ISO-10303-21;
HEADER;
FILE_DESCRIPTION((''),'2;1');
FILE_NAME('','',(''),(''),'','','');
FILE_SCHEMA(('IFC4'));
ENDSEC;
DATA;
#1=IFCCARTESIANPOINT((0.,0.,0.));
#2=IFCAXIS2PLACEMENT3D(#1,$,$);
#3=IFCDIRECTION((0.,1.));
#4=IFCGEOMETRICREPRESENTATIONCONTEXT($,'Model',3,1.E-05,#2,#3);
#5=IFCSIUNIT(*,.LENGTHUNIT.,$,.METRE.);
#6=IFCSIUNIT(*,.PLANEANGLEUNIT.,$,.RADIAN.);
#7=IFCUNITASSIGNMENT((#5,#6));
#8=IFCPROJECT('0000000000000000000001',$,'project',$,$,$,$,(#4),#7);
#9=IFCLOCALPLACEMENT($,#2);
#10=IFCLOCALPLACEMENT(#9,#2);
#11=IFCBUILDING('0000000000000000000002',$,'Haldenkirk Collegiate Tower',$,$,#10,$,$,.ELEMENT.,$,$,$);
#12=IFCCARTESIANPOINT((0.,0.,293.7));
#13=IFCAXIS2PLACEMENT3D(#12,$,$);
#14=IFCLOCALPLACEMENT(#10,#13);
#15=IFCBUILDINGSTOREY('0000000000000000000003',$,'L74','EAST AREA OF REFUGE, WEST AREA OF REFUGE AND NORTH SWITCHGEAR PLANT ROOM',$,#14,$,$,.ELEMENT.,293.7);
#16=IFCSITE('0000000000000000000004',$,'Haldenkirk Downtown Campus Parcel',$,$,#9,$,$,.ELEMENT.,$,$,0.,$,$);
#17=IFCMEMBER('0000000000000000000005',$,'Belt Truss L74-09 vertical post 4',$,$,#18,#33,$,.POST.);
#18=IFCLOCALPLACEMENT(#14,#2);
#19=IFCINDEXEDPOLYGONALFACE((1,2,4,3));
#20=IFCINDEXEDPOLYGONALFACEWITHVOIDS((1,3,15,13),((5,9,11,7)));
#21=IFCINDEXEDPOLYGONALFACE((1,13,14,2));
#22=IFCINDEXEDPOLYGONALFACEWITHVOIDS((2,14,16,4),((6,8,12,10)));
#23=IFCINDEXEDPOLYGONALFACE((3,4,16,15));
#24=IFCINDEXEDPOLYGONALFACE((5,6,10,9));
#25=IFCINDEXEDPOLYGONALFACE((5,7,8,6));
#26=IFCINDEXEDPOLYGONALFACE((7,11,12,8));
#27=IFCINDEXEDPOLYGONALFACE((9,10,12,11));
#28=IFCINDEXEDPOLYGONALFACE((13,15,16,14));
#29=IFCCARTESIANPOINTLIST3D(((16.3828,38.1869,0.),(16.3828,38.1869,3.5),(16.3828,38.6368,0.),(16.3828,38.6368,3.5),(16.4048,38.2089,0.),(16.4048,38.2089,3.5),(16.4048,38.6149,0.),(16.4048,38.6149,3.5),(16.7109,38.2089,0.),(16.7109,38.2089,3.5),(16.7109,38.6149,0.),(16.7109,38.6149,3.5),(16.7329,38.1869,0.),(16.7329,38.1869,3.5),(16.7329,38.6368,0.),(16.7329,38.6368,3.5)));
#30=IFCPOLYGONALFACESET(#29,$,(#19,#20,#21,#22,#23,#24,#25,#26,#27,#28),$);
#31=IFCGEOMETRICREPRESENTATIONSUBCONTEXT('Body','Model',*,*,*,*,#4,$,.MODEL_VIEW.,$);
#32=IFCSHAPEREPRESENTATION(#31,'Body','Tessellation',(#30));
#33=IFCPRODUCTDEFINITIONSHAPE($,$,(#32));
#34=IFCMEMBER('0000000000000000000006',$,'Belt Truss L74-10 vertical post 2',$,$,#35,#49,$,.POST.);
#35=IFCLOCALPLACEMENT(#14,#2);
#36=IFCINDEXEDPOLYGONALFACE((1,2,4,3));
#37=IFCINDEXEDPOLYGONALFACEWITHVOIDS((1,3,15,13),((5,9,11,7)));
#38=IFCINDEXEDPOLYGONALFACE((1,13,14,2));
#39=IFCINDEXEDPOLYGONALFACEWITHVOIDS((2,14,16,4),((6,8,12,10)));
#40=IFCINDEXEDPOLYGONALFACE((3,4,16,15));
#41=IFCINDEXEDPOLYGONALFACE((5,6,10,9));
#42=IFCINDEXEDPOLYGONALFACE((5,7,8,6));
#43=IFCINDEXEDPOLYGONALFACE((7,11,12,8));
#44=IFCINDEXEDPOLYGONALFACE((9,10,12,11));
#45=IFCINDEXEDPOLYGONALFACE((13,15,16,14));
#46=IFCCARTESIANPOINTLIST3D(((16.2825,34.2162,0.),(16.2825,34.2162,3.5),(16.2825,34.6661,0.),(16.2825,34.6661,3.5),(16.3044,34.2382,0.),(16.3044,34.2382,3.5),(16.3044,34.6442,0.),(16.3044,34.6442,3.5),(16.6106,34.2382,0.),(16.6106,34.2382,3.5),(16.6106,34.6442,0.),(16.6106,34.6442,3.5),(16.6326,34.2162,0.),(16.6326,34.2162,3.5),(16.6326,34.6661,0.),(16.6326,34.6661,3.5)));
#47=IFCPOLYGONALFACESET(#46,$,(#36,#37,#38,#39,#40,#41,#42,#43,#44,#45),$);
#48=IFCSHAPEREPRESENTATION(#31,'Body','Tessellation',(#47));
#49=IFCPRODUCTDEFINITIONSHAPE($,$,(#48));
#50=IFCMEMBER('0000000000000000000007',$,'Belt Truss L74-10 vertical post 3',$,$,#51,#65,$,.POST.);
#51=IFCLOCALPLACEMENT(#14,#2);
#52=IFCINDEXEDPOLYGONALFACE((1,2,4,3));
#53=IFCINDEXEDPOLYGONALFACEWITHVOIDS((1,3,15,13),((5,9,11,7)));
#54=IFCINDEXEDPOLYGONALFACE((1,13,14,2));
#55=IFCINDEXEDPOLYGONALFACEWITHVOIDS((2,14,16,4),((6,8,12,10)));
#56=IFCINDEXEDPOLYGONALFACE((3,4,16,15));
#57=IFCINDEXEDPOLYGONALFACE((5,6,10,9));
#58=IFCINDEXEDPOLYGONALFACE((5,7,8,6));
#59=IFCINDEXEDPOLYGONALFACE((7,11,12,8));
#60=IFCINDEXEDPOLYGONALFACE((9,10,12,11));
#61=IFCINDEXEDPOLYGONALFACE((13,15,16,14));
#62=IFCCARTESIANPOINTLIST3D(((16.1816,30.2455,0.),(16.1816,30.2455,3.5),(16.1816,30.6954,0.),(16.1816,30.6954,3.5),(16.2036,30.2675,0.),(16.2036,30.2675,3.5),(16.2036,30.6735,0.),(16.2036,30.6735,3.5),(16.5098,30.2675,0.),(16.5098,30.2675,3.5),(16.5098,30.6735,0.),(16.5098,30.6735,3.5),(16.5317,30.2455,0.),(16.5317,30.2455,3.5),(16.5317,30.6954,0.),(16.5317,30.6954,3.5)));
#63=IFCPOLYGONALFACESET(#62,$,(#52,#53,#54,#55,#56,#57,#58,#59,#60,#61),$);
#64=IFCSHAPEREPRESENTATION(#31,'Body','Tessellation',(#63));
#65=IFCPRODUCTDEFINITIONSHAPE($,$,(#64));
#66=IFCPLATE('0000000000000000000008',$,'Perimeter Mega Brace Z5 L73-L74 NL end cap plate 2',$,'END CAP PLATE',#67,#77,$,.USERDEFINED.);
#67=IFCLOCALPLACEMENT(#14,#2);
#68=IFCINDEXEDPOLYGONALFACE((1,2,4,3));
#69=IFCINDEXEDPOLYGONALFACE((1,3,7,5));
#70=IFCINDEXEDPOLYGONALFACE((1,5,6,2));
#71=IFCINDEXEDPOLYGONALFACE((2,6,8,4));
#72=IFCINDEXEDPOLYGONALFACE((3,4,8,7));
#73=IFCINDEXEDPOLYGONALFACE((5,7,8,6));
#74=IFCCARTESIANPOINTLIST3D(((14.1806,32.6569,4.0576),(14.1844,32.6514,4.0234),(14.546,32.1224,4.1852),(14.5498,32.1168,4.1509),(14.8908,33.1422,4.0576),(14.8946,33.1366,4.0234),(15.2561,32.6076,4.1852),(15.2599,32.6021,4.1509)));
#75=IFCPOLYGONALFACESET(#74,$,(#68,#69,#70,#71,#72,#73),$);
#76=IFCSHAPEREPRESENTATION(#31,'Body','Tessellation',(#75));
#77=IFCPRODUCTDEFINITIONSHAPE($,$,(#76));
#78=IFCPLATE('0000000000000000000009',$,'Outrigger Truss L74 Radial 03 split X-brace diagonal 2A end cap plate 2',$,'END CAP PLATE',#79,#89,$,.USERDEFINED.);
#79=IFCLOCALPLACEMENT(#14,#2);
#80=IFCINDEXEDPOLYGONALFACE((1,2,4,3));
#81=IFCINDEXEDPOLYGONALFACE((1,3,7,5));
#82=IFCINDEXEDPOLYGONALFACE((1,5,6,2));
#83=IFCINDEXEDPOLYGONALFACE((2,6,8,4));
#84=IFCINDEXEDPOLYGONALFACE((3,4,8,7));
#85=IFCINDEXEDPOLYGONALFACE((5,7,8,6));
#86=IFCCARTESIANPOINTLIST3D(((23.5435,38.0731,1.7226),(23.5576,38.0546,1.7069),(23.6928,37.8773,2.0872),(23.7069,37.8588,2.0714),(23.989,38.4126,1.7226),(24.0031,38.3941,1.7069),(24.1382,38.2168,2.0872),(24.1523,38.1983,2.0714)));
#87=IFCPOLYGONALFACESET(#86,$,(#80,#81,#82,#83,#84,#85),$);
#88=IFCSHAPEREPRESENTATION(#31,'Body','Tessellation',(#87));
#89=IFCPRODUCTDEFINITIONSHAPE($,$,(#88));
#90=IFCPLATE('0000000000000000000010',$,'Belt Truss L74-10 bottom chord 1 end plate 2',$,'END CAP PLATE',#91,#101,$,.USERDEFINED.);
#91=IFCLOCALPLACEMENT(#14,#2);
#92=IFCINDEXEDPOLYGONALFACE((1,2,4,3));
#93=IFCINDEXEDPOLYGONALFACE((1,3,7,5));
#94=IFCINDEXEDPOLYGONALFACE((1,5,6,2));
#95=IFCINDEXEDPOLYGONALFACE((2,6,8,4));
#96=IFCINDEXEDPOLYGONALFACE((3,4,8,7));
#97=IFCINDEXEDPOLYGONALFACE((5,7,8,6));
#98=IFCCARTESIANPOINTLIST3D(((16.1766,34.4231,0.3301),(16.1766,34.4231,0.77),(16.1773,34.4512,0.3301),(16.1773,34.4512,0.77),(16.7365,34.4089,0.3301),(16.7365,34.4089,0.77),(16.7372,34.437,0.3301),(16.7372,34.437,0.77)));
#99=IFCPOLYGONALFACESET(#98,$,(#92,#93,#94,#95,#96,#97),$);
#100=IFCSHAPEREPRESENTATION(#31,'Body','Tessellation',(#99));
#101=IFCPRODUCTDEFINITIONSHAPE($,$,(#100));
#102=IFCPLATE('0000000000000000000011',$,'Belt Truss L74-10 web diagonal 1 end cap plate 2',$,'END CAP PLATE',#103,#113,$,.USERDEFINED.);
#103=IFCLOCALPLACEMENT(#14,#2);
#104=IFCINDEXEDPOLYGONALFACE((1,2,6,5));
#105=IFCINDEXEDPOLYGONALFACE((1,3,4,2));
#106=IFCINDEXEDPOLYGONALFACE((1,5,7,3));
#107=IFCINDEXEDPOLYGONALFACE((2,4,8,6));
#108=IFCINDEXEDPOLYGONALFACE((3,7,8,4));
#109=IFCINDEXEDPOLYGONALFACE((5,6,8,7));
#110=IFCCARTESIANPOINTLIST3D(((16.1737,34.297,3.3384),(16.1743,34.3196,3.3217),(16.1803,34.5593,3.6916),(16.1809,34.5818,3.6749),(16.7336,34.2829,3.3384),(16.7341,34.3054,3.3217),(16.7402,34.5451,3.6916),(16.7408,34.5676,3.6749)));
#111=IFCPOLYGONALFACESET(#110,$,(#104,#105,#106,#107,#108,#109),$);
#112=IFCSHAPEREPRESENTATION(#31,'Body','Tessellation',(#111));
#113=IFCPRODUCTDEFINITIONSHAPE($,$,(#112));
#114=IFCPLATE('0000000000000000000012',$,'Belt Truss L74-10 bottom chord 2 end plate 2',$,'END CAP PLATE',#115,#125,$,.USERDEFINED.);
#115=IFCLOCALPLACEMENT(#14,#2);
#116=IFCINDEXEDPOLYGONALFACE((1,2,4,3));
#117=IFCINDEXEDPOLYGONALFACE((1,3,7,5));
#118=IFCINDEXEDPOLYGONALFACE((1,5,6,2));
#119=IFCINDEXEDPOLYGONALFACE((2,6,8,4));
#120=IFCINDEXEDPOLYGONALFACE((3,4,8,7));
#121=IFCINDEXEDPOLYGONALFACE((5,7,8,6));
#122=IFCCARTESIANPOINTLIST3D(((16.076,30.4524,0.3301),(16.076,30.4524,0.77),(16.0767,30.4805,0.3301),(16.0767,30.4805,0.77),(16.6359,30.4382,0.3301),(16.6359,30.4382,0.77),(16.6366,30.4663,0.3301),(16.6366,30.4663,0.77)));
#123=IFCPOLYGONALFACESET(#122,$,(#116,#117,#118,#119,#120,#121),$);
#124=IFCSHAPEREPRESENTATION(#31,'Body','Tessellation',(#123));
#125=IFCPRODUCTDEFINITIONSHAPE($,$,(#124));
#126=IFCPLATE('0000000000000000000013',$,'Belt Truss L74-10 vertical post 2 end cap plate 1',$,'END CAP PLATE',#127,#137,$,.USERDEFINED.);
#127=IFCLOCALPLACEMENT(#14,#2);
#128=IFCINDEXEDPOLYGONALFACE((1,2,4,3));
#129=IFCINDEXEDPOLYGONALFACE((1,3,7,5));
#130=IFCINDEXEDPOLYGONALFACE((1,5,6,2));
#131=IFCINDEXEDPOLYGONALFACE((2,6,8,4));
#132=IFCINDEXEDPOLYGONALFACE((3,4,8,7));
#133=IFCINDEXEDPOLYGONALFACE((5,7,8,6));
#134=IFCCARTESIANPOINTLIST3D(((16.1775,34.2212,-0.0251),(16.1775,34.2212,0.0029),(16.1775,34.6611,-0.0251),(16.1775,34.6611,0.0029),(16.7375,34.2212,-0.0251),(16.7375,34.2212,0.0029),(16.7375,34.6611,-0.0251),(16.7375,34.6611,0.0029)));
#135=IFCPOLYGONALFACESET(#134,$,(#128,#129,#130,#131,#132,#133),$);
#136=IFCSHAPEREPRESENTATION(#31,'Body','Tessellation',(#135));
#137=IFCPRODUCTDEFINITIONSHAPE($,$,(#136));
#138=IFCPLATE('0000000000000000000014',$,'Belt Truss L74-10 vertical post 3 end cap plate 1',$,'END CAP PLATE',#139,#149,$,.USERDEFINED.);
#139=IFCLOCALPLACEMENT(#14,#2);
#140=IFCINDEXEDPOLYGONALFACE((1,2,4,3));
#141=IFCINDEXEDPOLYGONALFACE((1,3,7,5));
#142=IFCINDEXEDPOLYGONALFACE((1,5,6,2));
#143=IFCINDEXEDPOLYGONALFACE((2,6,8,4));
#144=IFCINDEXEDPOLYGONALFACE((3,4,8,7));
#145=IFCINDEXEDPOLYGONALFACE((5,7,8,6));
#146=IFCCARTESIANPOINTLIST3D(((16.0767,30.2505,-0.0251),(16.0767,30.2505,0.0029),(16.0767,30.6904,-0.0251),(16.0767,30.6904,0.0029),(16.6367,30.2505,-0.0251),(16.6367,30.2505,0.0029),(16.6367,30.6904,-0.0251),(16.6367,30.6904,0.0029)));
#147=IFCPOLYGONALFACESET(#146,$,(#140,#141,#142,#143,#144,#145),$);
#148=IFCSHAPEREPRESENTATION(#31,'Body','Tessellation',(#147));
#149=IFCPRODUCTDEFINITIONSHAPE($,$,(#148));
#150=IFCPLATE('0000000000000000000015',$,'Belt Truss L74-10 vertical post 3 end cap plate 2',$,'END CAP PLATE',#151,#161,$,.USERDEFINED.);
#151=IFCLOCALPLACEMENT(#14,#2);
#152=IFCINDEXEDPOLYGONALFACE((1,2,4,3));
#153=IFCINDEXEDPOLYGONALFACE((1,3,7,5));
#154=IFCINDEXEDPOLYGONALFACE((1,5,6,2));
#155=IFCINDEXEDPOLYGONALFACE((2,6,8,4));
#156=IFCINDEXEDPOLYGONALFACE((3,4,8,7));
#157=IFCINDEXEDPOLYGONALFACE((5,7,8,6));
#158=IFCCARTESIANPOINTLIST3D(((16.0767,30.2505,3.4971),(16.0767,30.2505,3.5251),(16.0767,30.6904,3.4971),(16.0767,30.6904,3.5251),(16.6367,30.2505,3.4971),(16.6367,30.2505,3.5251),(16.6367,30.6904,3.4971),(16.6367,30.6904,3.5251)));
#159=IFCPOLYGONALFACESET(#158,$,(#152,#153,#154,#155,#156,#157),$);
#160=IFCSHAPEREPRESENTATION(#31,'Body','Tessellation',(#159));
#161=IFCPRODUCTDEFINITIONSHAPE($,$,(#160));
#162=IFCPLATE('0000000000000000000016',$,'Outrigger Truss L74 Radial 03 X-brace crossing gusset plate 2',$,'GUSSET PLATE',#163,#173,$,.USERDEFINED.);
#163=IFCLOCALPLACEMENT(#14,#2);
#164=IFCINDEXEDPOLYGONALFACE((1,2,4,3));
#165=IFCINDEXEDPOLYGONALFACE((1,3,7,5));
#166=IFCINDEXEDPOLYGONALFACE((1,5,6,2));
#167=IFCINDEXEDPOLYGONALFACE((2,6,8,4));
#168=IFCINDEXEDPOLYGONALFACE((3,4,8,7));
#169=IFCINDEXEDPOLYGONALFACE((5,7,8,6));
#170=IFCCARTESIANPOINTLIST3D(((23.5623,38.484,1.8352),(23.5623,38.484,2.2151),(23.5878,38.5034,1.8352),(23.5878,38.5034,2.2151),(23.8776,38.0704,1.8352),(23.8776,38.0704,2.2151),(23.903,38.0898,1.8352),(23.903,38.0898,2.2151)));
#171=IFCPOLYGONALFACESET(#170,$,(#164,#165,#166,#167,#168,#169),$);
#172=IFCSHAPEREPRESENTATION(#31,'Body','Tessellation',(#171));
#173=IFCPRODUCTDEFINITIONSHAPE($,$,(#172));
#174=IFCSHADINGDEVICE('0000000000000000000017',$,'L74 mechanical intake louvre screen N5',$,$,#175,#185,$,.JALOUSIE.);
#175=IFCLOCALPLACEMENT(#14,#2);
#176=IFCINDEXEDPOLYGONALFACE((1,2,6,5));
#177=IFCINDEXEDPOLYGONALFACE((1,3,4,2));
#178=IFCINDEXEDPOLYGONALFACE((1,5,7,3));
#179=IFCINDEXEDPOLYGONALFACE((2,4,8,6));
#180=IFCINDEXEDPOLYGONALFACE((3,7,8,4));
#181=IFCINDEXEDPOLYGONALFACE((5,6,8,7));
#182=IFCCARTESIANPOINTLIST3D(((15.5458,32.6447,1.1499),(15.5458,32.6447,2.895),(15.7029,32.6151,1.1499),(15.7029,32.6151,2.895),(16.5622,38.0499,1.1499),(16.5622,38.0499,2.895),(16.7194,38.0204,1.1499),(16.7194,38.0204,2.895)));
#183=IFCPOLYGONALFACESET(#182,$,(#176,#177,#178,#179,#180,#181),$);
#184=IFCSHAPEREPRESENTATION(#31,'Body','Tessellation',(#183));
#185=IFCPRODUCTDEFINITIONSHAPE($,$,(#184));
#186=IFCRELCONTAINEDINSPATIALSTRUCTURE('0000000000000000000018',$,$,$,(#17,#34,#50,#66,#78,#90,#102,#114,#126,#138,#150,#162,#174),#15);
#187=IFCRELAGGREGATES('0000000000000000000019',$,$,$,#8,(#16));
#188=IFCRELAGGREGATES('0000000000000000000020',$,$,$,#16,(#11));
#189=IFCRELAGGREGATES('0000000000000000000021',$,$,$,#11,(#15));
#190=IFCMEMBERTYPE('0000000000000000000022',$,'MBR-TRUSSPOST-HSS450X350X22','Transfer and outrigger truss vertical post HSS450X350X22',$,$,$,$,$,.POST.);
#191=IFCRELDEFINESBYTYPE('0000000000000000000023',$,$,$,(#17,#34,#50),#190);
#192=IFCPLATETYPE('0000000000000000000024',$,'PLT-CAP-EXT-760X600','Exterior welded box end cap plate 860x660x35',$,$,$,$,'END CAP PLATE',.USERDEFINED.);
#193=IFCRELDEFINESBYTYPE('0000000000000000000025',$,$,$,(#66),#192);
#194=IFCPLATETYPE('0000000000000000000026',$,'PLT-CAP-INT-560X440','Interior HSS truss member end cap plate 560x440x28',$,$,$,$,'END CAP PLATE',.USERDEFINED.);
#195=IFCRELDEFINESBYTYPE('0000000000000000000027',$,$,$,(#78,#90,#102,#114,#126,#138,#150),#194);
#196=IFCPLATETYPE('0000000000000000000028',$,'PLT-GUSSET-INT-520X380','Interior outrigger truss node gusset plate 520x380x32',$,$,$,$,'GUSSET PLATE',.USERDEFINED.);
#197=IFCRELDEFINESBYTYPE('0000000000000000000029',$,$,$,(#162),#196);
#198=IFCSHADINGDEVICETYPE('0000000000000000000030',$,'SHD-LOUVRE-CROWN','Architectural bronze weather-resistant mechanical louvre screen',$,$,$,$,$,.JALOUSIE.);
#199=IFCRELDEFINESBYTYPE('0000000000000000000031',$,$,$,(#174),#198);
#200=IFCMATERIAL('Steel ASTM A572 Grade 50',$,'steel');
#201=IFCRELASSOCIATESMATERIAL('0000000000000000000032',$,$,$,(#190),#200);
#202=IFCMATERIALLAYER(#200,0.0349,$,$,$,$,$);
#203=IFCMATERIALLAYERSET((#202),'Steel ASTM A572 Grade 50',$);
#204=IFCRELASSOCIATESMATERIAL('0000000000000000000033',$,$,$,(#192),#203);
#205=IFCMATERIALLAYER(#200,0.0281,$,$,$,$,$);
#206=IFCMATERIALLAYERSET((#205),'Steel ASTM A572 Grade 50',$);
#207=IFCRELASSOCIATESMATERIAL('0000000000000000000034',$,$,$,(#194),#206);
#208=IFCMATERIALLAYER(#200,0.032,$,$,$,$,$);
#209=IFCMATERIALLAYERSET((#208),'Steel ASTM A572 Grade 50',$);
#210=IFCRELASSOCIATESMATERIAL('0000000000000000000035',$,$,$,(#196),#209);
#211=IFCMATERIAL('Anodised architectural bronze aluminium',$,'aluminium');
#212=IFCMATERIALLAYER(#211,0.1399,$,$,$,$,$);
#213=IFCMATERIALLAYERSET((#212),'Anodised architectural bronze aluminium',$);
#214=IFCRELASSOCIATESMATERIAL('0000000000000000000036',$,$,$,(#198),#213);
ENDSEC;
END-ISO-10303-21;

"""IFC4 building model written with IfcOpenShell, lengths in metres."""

from ifc_helpers import new_model, si_unit, direction, frame, origin, origin_2d, place, context, subcontext, project, spatial, rectangle, hollow_rectangle, extrude, source, transform, mapped, material, layer, layer_set, material_profile, profile_set, type_object, element, save


model = new_model("IFC4")

# Units and contexts
model_context = context("Model", 3, precision=1e-05, world=origin(), true_north=direction((0.0, 1.0)))
body_context = subcontext(model_context, "Body", "Model", "MODEL_VIEW")
ifc_project = project(units=[si_unit("LENGTHUNIT", "METRE"), si_unit("PLANEANGLEUNIT", "RADIAN")], contexts=[model_context])

# Site, building, storey
site_placement = place(None, origin())
site = spatial("IfcSite", under=ifc_project, at=site_placement, Name="Haldenkirk Downtown Campus Parcel", CompositionType="ELEMENT", RefElevation=0.0)
building_placement = place(site_placement, origin())
building = spatial("IfcBuilding", under=site, at=building_placement, Name="Haldenkirk Collegiate Tower", CompositionType="ELEMENT")
storey_placement = place(building_placement, frame((0.0, 0.0, 293.7)))
storey = spatial("IfcBuildingStorey", under=building, at=storey_placement, Name="L74", Description="EAST AREA OF REFUGE, WEST AREA OF REFUGE AND NORTH SWITCHGEAR PLANT ROOM", CompositionType="ELEMENT", Elevation=293.7)

# Members
ifc_material_1 = material(Name="Steel ASTM A572 Grade 50", Category="steel")
ifc_material_profile_1 = material_profile(ifc_material_1, hollow_rectangle(XDim=0.3501, YDim=0.45, WallThickness=0.022, at=origin_2d()), Name="HSS450X350X22")
ifc_profile_set_1 = profile_set([ifc_material_profile_1], Name="Steel ASTM A572 Grade 50")
member_type_1 = type_object("IfcMemberType", Name="MBR-TRUSSPOST-HSS450X350X22", Description="Transfer and outrigger truss vertical post HSS450X350X22", PredefinedType="POST", material=ifc_profile_set_1)
for number, where, z_axis, x_axis, name in (
    (1, (16.5579, 38.4119, 0.0), (0.0, 0.0, 1.0), (1.0, 0.0, 0.0), "Belt Truss L74-09 vertical post 4"),
    (2, (16.4575, 34.4412, 0.0), (0.0, 0.0, 1.0), (1.0, 0.0, 0.0), "Belt Truss L74-10 vertical post 2"),
    (3, (16.3567, 30.4705, 0.0), (0.0, 0.0, 1.0), (1.0, 0.0, 0.0), "Belt Truss L74-10 vertical post 3"),
):
    element("IfcMember", number, at=place(storey_placement, frame(where, z_axis=z_axis, x_axis=x_axis)), inside=storey, type_object=member_type_1, Name=name, PredefinedType="POST", context=body_context, shape_type="SweptSolid", body=[
        extrude(hollow_rectangle(XDim=0.3501, YDim=0.45, WallThickness=0.022, at=origin_2d()), origin(), (0.0, 0.0, 1.0), 3.5),
    ])

# Plates
ifc_layer_1 = layer(ifc_material_1, 0.0349)
ifc_layer_set_1 = layer_set([ifc_layer_1], Name="Steel ASTM A572 Grade 50")
plate_type_1 = type_object("IfcPlateType", Name="PLT-CAP-EXT-760X600", Description="Exterior welded box end cap plate 860x660x35", ElementType="END CAP PLATE", PredefinedType="USERDEFINED", material=ifc_layer_set_1)
shared_shape_1 = source(origin(), body_context, "Body", "SweptSolid", [
    extrude(rectangle(XDim=0.8601, YDim=0.6599, at=origin_2d()), origin(), (0.0, 0.0, 1.0), 0.0349),
])
plate_1_placement = place(storey_placement, frame((14.7222, 32.6267, 4.0872), z_axis=(-0.109061, 0.159592, 0.98114), x_axis=(-0.825629, -0.564213, 0.0)))
element("IfcPlate", 4, at=plate_1_placement, inside=storey, type_object=plate_type_1, Name="Perimeter Mega Brace Z5 L73-L74 NL end cap plate 2", ObjectType="END CAP PLATE", PredefinedType="USERDEFINED", context=body_context, shape_type="MappedRepresentation", body=[
    mapped(shared_shape_1, transform((0.0, 0.0, 0.0), x_axis=(1.0, 0.0, 0.0), y_axis=(0.0, 1.0, 0.0), z_axis=(0.0, 0.0, 1.0), scale=1.0)),
])
ifc_layer_2 = layer(ifc_material_1, 0.0281)
ifc_layer_set_2 = layer_set([ifc_layer_2], Name="Steel ASTM A572 Grade 50")
plate_type_2 = type_object("IfcPlateType", Name="PLT-CAP-INT-560X440", Description="Interior HSS truss member end cap plate 560x440x28", ElementType="END CAP PLATE", PredefinedType="USERDEFINED", material=ifc_layer_set_2)
shared_shape_2 = source(origin(), body_context, "Body", "SweptSolid", [
    extrude(rectangle(XDim=0.5601, YDim=0.4399, at=origin_2d()), origin(), (0.0, 0.0, 1.0), 0.0281),
])
for number, where, z_axis, x_axis, name in (
    (5, (23.855, 38.1265, 1.8892), (-0.502331, 0.659059, 0.559737), (-0.795321, -0.606189, 0.0), "Outrigger Truss L74 Radial 03 split X-brace diagonal 2A end cap plate 2"),
    (6, (16.4573, 34.4441, 0.55), (-0.025311, -0.99968, 0.0), (0.99968, -0.025311, 0.0), "Belt Truss L74-10 bottom chord 1 end plate 2"),
    (7, (16.4575, 34.4436, 3.4983), (-0.020313, -0.802546, 0.596245), (0.99968, -0.025302, 0.0), "Belt Truss L74-10 web diagonal 1 end cap plate 2"),
    (8, (16.3567, 30.4734, 0.55), (-0.025311, -0.99968, 0.0), (0.99968, -0.025311, 0.0), "Belt Truss L74-10 bottom chord 2 end plate 2"),
    (9, (16.4575, 34.4412, 0.0029), (0.0, 0.0, -1.0), (1.0, 0.0, 0.0), "Belt Truss L74-10 vertical post 2 end cap plate 1"),
    (10, (16.3567, 30.4705, 0.0029), (0.0, 0.0, -1.0), (1.0, 0.0, 0.0), "Belt Truss L74-10 vertical post 3 end cap plate 1"),
    (11, (16.3567, 30.4705, 3.4971), (0.0, 0.0, 1.0), (1.0, 0.0, 0.0), "Belt Truss L74-10 vertical post 3 end cap plate 2"),
):
    element("IfcPlate", number, at=place(storey_placement, frame(where, z_axis=z_axis, x_axis=x_axis)), inside=storey, type_object=plate_type_2, Name=name, ObjectType="END CAP PLATE", PredefinedType="USERDEFINED", context=body_context, shape_type="MappedRepresentation", body=[
        mapped(shared_shape_2, transform((0.0, 0.0, 0.0), x_axis=(1.0, 0.0, 0.0), y_axis=(0.0, 1.0, 0.0), z_axis=(0.0, 0.0, 1.0), scale=1.0)),
    ])
ifc_layer_3 = layer(ifc_material_1, 0.032)
ifc_layer_set_3 = layer_set([ifc_layer_3], Name="Steel ASTM A572 Grade 50")
plate_type_3 = type_object("IfcPlateType", Name="PLT-GUSSET-INT-520X380", Description="Interior outrigger truss node gusset plate 520x380x32", ElementType="GUSSET PLATE", PredefinedType="USERDEFINED", material=ifc_layer_set_3)
shared_shape_3 = source(origin(), body_context, "Body", "SweptSolid", [
    extrude(rectangle(XDim=0.52, YDim=0.032, at=origin_2d()), origin(), (0.0, 0.0, 1.0), 0.3799),
])
plate_2_placement = place(storey_placement, frame((23.7327, 38.2869, 1.8352), z_axis=(0.0, 0.0, 1.0), x_axis=(-0.606185, 0.795324, 0.0)))
element("IfcPlate", 12, at=plate_2_placement, inside=storey, type_object=plate_type_3, Name="Outrigger Truss L74 Radial 03 X-brace crossing gusset plate 2", ObjectType="GUSSET PLATE", PredefinedType="USERDEFINED", context=body_context, shape_type="MappedRepresentation", body=[
    mapped(shared_shape_3, transform((0.0, 0.0, 0.0), x_axis=(1.0, 0.0, 0.0), y_axis=(0.0, 1.0, 0.0), z_axis=(0.0, 0.0, 1.0), scale=1.0)),
])

# Shading device
ifc_material_2 = material(Name="Anodised architectural bronze aluminium", Category="aluminium")
ifc_layer_4 = layer(ifc_material_2, 0.1399)
ifc_layer_set_4 = layer_set([ifc_layer_4], Name="Anodised architectural bronze aluminium")
shading_device_type = type_object("IfcShadingDeviceType", Name="SHD-LOUVRE-CROWN", Description="Architectural bronze weather-resistant mechanical louvre screen", PredefinedType="JALOUSIE", material=ifc_layer_set_4)
shared_shape_4 = source(origin(), body_context, "Body", "SweptSolid", [
    extrude(rectangle(XDim=5.5, YDim=0.1599, at=origin_2d()), origin(), (0.0, 0.0, 1.0), 1.7451),
])
shading_device_placement = place(storey_placement, frame((16.1326, 35.3325, 1.1499), z_axis=(0.0, 0.0, 1.0), x_axis=(0.184809, 0.982774, 0.0)))
element("IfcShadingDevice", 13, at=shading_device_placement, inside=storey, type_object=shading_device_type, Name="L74 mechanical intake louvre screen N5", PredefinedType="JALOUSIE", context=body_context, shape_type="MappedRepresentation", body=[
    mapped(shared_shape_4, transform((0.0, 0.0, 0.0), x_axis=(1.0, 0.0, 0.0), y_axis=(0.0, 1.0, 0.0), z_axis=(0.0, 0.0, 1.0), scale=1.0)),
])

save(model, "model.ifc")
